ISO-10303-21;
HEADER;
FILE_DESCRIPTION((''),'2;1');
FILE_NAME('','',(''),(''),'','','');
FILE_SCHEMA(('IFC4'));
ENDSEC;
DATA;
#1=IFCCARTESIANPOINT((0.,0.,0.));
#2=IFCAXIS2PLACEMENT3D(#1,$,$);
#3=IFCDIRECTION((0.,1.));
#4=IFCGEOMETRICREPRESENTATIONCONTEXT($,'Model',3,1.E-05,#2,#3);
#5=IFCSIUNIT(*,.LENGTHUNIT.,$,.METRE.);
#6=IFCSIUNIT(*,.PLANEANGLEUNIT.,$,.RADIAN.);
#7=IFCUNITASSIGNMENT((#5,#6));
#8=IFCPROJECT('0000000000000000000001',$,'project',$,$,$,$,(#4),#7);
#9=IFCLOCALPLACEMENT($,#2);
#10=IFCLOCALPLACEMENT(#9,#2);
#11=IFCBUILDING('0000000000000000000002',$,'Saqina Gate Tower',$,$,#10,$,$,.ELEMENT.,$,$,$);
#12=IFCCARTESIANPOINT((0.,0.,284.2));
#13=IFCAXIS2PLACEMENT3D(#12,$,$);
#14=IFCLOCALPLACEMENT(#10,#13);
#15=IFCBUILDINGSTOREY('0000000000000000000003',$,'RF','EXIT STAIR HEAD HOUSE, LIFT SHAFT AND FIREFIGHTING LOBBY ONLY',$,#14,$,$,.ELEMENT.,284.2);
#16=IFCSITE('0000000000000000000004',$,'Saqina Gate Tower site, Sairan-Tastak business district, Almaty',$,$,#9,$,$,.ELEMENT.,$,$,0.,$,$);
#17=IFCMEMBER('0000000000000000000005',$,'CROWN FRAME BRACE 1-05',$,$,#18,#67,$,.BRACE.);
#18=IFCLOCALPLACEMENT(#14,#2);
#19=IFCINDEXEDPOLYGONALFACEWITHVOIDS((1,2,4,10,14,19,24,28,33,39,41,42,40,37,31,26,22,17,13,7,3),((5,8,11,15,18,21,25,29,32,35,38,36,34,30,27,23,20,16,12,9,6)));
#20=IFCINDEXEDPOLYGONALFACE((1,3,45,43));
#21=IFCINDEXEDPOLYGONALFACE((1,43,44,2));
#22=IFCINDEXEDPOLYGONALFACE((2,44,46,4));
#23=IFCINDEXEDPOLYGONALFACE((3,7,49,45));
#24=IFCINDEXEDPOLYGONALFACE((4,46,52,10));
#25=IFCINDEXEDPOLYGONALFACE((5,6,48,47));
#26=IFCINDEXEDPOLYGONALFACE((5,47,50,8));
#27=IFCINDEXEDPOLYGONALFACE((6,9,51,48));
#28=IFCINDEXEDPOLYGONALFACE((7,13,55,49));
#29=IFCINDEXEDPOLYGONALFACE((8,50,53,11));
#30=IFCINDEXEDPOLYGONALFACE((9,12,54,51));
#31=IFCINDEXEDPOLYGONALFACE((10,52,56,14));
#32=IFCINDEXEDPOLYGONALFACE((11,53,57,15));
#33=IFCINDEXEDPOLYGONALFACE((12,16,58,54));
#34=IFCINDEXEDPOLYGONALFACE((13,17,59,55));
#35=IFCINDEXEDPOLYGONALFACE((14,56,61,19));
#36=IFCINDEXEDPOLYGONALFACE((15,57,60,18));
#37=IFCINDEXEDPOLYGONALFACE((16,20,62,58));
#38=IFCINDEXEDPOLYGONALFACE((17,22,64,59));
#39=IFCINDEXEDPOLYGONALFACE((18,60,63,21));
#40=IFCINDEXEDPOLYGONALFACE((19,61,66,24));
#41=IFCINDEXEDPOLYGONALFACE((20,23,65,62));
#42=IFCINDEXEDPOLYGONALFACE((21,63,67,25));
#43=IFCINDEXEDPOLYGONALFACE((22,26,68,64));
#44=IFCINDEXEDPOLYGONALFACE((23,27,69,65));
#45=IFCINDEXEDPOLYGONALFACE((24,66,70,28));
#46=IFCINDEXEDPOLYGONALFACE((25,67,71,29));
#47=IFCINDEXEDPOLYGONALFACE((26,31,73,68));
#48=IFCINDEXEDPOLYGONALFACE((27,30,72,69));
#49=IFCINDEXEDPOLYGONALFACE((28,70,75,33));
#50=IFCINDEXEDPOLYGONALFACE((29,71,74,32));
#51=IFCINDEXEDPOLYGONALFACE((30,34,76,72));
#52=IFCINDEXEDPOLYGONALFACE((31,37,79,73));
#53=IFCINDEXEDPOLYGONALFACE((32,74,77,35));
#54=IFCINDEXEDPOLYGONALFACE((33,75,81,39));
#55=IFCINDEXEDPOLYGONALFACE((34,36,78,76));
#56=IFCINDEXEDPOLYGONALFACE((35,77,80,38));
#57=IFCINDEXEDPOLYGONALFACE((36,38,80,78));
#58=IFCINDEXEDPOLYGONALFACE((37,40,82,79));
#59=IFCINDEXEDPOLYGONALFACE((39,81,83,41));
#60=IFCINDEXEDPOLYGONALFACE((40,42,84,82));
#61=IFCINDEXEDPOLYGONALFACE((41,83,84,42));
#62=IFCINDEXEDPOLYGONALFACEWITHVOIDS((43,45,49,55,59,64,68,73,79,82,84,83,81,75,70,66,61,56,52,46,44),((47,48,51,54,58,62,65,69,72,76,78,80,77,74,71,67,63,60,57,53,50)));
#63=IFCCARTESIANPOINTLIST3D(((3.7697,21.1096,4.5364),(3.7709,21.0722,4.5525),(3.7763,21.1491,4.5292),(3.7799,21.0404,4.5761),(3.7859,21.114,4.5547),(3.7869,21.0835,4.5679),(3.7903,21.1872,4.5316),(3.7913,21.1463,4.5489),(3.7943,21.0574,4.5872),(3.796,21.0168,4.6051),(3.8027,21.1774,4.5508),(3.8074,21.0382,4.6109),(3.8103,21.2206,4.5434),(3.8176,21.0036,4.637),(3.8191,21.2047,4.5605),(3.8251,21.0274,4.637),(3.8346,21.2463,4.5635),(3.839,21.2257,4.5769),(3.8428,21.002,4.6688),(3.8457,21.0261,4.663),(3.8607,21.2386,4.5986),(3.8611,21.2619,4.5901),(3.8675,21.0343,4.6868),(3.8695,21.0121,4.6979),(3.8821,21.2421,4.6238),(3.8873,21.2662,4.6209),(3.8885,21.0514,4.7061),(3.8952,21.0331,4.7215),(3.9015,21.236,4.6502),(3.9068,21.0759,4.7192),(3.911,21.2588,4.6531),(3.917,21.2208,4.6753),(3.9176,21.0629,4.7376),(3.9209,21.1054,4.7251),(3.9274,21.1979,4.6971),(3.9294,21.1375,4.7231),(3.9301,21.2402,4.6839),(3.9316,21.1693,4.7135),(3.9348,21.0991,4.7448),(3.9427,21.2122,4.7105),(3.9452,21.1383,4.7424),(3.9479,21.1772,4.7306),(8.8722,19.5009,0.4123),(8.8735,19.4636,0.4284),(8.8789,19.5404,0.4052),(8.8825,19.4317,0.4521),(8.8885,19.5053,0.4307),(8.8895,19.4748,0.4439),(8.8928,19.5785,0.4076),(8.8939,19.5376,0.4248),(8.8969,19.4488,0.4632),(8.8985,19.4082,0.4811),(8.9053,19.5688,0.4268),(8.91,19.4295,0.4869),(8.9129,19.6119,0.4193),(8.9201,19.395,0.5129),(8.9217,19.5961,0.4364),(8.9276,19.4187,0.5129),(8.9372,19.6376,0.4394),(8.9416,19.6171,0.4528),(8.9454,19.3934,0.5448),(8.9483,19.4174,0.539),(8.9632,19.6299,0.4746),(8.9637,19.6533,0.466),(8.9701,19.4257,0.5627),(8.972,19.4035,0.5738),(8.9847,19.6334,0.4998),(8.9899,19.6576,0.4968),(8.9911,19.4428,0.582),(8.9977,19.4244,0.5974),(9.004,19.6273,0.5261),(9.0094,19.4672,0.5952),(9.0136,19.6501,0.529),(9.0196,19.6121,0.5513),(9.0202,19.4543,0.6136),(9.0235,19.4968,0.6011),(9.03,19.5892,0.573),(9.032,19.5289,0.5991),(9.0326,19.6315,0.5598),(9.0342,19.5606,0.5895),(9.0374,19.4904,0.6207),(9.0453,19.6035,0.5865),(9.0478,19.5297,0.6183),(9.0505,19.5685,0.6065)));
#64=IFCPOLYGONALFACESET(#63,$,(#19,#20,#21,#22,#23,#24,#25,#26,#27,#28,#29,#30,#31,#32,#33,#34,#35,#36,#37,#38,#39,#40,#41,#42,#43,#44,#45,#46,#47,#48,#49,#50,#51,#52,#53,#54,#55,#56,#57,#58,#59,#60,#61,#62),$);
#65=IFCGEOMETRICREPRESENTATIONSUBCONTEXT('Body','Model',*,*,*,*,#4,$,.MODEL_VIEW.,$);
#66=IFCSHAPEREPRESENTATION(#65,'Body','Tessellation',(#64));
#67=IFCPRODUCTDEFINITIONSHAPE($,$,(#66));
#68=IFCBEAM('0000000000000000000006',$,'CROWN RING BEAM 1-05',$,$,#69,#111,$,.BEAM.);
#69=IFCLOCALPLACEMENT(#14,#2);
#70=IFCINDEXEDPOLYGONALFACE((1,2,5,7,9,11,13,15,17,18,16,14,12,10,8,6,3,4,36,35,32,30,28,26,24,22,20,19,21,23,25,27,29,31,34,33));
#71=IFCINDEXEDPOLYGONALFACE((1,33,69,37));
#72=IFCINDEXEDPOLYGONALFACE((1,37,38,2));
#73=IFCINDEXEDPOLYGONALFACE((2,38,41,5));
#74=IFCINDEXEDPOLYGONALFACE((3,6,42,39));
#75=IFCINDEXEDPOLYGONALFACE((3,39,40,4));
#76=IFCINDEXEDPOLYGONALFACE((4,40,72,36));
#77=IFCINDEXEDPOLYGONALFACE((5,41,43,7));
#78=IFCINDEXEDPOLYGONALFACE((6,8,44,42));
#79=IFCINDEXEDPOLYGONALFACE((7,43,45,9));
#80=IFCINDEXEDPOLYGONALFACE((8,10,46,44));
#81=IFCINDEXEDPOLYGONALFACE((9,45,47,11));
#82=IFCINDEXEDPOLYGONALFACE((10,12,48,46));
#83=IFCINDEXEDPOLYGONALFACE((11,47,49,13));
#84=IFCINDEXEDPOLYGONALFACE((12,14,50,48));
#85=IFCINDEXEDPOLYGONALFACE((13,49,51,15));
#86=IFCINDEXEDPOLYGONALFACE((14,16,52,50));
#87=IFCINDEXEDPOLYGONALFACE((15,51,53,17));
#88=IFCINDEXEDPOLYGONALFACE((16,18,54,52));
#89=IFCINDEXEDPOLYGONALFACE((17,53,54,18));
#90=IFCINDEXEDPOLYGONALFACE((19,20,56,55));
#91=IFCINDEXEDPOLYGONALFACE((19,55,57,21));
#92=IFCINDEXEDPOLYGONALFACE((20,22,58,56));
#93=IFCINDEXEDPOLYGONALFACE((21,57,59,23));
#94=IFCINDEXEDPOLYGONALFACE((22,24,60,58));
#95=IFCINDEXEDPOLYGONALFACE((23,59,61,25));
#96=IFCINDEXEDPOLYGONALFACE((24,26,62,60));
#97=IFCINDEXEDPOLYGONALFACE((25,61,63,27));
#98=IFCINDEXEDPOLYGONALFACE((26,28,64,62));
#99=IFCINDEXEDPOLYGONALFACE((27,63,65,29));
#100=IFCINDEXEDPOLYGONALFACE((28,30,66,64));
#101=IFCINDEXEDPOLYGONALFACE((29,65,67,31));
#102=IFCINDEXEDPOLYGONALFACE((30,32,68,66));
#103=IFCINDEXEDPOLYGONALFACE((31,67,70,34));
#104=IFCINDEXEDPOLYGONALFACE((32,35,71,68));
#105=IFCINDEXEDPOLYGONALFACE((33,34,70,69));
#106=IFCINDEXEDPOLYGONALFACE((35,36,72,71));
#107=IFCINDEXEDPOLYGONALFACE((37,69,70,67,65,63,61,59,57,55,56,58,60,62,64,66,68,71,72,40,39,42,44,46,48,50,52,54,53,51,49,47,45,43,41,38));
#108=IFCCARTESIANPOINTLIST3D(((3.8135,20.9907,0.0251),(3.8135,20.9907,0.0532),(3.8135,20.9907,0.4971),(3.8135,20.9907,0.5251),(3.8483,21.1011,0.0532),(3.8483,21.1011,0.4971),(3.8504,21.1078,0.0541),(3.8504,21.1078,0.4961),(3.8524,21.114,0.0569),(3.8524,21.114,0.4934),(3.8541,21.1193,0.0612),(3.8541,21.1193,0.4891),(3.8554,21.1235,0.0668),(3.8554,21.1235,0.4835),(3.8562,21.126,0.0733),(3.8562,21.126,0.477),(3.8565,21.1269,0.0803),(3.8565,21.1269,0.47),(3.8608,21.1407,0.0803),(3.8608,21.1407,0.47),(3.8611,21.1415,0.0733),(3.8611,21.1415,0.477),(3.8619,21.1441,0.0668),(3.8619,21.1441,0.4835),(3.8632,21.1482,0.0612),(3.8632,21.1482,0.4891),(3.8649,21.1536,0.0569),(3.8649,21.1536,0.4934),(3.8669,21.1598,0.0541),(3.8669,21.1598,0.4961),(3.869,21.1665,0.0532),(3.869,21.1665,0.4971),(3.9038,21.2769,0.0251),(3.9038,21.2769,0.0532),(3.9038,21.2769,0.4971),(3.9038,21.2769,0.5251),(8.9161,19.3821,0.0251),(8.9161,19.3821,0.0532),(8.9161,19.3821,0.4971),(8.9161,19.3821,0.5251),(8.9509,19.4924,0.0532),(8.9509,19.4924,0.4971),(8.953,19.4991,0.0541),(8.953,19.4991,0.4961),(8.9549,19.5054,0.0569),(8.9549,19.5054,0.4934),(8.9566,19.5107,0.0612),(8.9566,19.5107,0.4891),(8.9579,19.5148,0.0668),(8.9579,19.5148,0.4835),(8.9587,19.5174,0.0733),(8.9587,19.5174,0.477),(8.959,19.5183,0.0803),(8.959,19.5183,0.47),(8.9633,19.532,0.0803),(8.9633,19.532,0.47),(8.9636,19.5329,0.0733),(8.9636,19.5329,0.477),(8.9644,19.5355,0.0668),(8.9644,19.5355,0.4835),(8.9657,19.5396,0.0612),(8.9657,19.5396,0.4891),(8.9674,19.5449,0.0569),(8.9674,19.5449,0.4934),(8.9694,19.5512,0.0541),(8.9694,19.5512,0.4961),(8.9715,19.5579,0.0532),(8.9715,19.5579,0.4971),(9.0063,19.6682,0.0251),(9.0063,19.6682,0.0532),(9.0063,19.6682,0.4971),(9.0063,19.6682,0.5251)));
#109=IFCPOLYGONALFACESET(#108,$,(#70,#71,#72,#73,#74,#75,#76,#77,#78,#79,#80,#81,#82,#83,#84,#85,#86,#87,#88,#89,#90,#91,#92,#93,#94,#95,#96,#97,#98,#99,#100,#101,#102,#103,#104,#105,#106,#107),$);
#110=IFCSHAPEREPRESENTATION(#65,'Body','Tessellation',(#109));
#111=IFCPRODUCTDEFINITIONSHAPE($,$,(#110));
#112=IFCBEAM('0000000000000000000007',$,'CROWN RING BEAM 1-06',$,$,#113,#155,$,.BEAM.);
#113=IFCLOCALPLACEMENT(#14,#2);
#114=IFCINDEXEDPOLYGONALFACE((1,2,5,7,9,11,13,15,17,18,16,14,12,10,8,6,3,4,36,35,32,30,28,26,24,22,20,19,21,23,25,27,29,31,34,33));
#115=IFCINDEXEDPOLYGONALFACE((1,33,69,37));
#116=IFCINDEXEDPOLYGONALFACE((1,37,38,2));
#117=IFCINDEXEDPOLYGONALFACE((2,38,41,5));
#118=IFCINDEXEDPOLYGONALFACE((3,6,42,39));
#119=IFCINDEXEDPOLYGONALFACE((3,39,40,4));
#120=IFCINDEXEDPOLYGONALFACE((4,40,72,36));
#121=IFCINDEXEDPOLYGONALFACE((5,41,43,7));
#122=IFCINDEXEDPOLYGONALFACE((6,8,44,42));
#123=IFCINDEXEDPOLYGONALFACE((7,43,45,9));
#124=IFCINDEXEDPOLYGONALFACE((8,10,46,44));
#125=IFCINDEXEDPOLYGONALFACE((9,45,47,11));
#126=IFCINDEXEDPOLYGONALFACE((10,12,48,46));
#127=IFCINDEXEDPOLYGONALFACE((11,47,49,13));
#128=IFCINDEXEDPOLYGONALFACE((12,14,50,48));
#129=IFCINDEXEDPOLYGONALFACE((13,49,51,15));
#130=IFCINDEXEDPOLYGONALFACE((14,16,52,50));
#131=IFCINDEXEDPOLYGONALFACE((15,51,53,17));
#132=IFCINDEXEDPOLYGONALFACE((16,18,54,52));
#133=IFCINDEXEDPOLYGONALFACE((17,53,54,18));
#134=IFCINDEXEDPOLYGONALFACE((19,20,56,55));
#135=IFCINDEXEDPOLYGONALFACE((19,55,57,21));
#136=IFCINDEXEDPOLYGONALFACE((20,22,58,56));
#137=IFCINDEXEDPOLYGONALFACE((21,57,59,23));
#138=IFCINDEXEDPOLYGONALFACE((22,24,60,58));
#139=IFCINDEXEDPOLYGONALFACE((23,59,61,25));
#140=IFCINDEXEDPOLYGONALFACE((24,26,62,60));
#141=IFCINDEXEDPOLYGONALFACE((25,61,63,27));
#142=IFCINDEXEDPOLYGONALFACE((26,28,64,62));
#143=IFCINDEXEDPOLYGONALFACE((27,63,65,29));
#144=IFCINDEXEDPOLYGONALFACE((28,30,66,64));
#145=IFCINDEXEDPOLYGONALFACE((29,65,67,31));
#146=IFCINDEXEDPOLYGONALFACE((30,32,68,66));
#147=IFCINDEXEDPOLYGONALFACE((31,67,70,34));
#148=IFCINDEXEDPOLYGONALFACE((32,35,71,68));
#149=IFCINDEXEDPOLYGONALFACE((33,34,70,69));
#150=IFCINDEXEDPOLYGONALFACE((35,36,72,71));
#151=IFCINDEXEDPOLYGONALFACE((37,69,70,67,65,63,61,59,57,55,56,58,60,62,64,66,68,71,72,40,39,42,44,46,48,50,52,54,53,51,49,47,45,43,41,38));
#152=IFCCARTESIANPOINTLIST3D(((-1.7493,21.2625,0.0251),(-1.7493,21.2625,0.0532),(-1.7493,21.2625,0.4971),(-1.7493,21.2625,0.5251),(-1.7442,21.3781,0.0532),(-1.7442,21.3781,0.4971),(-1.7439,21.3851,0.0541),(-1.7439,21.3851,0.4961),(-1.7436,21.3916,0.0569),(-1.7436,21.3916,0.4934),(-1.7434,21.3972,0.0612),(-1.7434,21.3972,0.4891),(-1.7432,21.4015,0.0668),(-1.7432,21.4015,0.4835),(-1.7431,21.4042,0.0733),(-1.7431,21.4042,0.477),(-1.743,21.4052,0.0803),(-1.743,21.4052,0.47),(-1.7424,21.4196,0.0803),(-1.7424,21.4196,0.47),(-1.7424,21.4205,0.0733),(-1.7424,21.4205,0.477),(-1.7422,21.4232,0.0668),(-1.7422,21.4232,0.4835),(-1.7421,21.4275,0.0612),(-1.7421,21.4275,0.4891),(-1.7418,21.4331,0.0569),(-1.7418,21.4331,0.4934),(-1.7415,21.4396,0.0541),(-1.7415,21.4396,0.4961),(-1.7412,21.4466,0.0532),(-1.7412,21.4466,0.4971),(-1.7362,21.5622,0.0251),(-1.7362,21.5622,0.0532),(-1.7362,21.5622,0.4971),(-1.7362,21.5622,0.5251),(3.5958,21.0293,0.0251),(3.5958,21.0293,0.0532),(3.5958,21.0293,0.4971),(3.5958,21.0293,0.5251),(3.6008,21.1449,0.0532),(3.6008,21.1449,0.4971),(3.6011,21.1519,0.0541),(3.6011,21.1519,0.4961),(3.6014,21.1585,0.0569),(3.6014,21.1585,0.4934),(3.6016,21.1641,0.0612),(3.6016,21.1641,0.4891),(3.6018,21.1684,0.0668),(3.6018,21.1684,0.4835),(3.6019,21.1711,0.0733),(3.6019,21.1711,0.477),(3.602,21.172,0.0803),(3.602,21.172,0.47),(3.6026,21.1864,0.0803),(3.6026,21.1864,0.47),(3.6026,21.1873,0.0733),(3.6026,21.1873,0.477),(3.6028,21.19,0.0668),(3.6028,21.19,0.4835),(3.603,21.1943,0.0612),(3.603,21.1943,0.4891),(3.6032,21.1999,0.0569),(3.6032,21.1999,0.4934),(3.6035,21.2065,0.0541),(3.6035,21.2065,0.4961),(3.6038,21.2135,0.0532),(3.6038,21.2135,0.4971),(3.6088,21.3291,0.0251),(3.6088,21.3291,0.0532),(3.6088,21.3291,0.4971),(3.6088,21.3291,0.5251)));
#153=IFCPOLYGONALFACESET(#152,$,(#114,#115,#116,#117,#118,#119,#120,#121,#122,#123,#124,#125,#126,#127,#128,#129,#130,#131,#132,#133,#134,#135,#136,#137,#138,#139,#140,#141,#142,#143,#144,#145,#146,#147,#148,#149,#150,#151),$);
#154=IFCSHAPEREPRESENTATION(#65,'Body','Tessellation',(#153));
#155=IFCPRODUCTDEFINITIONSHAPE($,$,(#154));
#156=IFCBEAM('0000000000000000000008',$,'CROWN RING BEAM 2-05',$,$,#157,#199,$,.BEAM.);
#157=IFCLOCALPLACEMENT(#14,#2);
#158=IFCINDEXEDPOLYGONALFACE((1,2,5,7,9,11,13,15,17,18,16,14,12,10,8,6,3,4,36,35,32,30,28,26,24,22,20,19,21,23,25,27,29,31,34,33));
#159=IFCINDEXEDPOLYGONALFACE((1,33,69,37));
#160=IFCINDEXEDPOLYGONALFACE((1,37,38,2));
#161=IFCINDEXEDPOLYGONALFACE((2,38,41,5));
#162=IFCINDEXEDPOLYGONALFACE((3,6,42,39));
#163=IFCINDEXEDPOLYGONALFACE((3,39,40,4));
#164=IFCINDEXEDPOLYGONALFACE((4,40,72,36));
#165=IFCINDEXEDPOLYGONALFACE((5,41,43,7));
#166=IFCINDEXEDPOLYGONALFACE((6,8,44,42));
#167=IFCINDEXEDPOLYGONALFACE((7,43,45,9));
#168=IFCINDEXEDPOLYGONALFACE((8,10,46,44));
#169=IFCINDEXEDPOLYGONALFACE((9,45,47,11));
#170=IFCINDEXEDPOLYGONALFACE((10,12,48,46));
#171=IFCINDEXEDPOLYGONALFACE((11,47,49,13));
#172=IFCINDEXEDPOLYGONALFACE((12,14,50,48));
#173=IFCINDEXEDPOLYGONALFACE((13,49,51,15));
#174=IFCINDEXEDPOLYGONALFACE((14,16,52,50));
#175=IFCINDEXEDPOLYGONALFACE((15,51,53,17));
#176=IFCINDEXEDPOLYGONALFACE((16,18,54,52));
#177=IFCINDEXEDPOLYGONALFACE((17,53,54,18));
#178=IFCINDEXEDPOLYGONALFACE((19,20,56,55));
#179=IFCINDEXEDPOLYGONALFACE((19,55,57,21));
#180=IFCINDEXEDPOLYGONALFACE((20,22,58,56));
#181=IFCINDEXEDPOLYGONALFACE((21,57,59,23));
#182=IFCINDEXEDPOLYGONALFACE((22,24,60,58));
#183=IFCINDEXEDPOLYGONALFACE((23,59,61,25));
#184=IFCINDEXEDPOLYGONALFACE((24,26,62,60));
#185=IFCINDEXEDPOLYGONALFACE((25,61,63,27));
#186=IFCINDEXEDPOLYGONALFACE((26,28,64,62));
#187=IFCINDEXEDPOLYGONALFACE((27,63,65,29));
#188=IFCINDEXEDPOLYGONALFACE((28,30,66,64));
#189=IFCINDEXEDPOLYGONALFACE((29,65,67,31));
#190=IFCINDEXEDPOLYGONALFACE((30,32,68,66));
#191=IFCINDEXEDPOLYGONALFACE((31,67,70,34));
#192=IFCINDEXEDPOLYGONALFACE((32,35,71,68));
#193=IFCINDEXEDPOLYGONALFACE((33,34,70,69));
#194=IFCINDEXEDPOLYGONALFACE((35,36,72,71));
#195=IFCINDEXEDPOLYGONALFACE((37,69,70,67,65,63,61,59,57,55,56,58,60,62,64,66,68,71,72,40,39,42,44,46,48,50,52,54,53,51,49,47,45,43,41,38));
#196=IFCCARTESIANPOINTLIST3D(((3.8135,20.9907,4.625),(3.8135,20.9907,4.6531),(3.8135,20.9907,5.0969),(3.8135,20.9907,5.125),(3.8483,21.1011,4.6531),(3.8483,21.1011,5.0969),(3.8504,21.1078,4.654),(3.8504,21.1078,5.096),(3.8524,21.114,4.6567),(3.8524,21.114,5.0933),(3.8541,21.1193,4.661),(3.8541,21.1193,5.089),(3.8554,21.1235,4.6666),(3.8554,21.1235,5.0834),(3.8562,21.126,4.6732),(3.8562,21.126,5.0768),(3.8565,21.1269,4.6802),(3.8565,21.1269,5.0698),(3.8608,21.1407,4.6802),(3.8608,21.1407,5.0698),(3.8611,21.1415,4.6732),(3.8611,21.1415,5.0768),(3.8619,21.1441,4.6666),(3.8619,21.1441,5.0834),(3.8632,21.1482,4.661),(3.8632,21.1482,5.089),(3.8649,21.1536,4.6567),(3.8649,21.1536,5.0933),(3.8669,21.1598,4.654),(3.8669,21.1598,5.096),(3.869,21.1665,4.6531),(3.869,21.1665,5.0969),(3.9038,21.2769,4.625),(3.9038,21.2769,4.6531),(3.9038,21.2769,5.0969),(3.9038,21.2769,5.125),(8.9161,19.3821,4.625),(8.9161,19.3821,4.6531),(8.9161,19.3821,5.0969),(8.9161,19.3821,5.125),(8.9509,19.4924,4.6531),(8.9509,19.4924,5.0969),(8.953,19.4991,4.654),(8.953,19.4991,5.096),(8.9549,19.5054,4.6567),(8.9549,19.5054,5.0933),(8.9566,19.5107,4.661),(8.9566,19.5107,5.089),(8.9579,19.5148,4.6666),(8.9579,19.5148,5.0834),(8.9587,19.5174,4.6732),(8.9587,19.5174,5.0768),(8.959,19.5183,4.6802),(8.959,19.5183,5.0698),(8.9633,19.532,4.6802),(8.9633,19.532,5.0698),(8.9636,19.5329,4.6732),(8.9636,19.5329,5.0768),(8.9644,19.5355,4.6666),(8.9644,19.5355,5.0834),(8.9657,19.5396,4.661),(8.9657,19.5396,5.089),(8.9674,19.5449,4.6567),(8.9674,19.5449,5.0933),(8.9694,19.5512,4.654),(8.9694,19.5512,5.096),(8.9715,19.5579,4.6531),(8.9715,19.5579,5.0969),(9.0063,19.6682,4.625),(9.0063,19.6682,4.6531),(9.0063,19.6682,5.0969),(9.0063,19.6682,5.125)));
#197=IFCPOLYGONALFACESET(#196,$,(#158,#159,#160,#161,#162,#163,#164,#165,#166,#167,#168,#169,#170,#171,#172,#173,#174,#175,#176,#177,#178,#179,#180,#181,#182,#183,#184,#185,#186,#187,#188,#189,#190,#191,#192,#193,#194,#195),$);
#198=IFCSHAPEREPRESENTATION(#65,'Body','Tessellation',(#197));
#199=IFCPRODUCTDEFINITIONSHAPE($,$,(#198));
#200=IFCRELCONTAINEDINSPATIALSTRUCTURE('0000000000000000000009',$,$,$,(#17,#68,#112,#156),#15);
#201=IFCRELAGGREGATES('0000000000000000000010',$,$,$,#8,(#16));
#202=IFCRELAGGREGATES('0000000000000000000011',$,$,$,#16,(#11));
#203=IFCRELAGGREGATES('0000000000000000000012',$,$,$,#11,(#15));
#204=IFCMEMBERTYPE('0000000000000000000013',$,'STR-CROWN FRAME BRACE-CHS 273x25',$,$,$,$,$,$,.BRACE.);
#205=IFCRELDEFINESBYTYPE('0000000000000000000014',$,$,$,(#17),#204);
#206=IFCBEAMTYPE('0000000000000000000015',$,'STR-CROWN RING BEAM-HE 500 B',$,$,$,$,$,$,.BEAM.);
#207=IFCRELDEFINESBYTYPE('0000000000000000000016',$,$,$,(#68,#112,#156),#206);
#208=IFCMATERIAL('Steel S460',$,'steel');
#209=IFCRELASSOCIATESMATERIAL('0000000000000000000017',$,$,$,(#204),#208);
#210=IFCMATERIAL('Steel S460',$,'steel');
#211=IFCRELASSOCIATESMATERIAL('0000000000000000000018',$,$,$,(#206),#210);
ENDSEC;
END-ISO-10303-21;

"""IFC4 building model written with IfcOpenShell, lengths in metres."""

from ifc_helpers import new_model, si_unit, direction, frame, origin, origin_2d, place, context, subcontext, project, spatial, hollow_circle, i_section, extrude, material, material_profile, profile_set, type_object, element, save


model = new_model("IFC4")

# Units and contexts
model_context = context("Model", 3, precision=1e-05, world=origin(), true_north=direction((0.0, 1.0)))
body_context = subcontext(model_context, "Body", "Model", "MODEL_VIEW")
ifc_project = project(units=[si_unit("LENGTHUNIT", "METRE"), si_unit("PLANEANGLEUNIT", "RADIAN")], contexts=[model_context])

# Site, building, storey
site_placement = place(None, origin())
site = spatial("IfcSite", under=ifc_project, at=site_placement, Name="Saqina Gate Tower site, Sairan-Tastak business district, Almaty", CompositionType="ELEMENT", RefElevation=0.0)
building_placement = place(site_placement, origin())
building = spatial("IfcBuilding", under=site, at=building_placement, Name="Saqina Gate Tower", CompositionType="ELEMENT")
storey_placement = place(building_placement, frame((0.0, 0.0, 284.2)))
storey = spatial("IfcBuildingStorey", under=building, at=storey_placement, Name="RF", Description="EXIT STAIR HEAD HOUSE, LIFT SHAFT AND FIREFIGHTING LOBBY ONLY", CompositionType="ELEMENT", Elevation=284.2)

# Member
ifc_material_1 = material(Name="Steel S460", Category="steel")
ifc_material_profile_1 = material_profile(ifc_material_1, hollow_circle(Radius=0.1365, WallThickness=0.0249, at=origin_2d()), Name="CHS 273x25")
ifc_profile_set_1 = profile_set([ifc_material_profile_1], Name="Steel S460")
member_type_1 = type_object("IfcMemberType", Name="STR-CROWN FRAME BRACE-CHS 273x25", PredefinedType="BRACE", material=ifc_profile_set_1)
member_1_placement = place(storey_placement, frame((8.9612, 19.5251, 0.5129), z_axis=(-0.755362, 0.238138, 0.610506), x_axis=(-0.300675, -0.953727, 0.0)))
element("IfcMember", 1, at=member_1_placement, inside=storey, type_object=member_type_1, Name="CROWN FRAME BRACE 1-05", PredefinedType="BRACE", context=body_context, shape_type="SweptSolid", body=[
    extrude(hollow_circle(Radius=0.1365, WallThickness=0.0249, at=origin_2d()), origin(), (0.0, 0.0, 1.0), 6.7551),
])

# Beams
ifc_material_2 = material(Name="Steel S460", Category="steel")
ifc_material_profile_2 = material_profile(ifc_material_2, i_section(OverallWidth=0.3, OverallDepth=0.5, WebThickness=0.0144, FlangeThickness=0.0281, FilletRadius=0.0271, at=origin_2d()), Name="HE 500 B")
ifc_profile_set_2 = profile_set([ifc_material_profile_2], Name="Steel S460")
beam_type = type_object("IfcBeamType", Name="STR-CROWN RING BEAM-HE 500 B", PredefinedType="BEAM", material=ifc_profile_set_2)
for number, where, z_axis, x_axis, name in (
    (2, (8.9612, 19.5251, 0.2751), (-0.953727, 0.300675, 0.0), (-0.300675, -0.953727, 0.0), "CROWN RING BEAM 1-05"),
    (3, (3.6023, 21.1792, 0.2751), (-0.99905, 0.04358, 0.0), (-0.04358, -0.99905, 0.0), "CROWN RING BEAM 1-06"),
    (4, (8.9612, 19.5251, 4.875), (-0.953727, 0.300675, 0.0), (-0.300675, -0.953727, 0.0), "CROWN RING BEAM 2-05"),
):
    element("IfcBeam", number, at=place(storey_placement, frame(where, z_axis=z_axis, x_axis=x_axis)), inside=storey, type_object=beam_type, Name=name, PredefinedType="BEAM", context=body_context, shape_type="SweptSolid", body=[
        extrude(i_section(OverallWidth=0.3, OverallDepth=0.5, WebThickness=0.0144, FlangeThickness=0.0281, FilletRadius=0.0271, at=origin_2d()), origin(), (0.0, 0.0, 1.0), 5.3501),
    ])

save(model, "model.ifc")
